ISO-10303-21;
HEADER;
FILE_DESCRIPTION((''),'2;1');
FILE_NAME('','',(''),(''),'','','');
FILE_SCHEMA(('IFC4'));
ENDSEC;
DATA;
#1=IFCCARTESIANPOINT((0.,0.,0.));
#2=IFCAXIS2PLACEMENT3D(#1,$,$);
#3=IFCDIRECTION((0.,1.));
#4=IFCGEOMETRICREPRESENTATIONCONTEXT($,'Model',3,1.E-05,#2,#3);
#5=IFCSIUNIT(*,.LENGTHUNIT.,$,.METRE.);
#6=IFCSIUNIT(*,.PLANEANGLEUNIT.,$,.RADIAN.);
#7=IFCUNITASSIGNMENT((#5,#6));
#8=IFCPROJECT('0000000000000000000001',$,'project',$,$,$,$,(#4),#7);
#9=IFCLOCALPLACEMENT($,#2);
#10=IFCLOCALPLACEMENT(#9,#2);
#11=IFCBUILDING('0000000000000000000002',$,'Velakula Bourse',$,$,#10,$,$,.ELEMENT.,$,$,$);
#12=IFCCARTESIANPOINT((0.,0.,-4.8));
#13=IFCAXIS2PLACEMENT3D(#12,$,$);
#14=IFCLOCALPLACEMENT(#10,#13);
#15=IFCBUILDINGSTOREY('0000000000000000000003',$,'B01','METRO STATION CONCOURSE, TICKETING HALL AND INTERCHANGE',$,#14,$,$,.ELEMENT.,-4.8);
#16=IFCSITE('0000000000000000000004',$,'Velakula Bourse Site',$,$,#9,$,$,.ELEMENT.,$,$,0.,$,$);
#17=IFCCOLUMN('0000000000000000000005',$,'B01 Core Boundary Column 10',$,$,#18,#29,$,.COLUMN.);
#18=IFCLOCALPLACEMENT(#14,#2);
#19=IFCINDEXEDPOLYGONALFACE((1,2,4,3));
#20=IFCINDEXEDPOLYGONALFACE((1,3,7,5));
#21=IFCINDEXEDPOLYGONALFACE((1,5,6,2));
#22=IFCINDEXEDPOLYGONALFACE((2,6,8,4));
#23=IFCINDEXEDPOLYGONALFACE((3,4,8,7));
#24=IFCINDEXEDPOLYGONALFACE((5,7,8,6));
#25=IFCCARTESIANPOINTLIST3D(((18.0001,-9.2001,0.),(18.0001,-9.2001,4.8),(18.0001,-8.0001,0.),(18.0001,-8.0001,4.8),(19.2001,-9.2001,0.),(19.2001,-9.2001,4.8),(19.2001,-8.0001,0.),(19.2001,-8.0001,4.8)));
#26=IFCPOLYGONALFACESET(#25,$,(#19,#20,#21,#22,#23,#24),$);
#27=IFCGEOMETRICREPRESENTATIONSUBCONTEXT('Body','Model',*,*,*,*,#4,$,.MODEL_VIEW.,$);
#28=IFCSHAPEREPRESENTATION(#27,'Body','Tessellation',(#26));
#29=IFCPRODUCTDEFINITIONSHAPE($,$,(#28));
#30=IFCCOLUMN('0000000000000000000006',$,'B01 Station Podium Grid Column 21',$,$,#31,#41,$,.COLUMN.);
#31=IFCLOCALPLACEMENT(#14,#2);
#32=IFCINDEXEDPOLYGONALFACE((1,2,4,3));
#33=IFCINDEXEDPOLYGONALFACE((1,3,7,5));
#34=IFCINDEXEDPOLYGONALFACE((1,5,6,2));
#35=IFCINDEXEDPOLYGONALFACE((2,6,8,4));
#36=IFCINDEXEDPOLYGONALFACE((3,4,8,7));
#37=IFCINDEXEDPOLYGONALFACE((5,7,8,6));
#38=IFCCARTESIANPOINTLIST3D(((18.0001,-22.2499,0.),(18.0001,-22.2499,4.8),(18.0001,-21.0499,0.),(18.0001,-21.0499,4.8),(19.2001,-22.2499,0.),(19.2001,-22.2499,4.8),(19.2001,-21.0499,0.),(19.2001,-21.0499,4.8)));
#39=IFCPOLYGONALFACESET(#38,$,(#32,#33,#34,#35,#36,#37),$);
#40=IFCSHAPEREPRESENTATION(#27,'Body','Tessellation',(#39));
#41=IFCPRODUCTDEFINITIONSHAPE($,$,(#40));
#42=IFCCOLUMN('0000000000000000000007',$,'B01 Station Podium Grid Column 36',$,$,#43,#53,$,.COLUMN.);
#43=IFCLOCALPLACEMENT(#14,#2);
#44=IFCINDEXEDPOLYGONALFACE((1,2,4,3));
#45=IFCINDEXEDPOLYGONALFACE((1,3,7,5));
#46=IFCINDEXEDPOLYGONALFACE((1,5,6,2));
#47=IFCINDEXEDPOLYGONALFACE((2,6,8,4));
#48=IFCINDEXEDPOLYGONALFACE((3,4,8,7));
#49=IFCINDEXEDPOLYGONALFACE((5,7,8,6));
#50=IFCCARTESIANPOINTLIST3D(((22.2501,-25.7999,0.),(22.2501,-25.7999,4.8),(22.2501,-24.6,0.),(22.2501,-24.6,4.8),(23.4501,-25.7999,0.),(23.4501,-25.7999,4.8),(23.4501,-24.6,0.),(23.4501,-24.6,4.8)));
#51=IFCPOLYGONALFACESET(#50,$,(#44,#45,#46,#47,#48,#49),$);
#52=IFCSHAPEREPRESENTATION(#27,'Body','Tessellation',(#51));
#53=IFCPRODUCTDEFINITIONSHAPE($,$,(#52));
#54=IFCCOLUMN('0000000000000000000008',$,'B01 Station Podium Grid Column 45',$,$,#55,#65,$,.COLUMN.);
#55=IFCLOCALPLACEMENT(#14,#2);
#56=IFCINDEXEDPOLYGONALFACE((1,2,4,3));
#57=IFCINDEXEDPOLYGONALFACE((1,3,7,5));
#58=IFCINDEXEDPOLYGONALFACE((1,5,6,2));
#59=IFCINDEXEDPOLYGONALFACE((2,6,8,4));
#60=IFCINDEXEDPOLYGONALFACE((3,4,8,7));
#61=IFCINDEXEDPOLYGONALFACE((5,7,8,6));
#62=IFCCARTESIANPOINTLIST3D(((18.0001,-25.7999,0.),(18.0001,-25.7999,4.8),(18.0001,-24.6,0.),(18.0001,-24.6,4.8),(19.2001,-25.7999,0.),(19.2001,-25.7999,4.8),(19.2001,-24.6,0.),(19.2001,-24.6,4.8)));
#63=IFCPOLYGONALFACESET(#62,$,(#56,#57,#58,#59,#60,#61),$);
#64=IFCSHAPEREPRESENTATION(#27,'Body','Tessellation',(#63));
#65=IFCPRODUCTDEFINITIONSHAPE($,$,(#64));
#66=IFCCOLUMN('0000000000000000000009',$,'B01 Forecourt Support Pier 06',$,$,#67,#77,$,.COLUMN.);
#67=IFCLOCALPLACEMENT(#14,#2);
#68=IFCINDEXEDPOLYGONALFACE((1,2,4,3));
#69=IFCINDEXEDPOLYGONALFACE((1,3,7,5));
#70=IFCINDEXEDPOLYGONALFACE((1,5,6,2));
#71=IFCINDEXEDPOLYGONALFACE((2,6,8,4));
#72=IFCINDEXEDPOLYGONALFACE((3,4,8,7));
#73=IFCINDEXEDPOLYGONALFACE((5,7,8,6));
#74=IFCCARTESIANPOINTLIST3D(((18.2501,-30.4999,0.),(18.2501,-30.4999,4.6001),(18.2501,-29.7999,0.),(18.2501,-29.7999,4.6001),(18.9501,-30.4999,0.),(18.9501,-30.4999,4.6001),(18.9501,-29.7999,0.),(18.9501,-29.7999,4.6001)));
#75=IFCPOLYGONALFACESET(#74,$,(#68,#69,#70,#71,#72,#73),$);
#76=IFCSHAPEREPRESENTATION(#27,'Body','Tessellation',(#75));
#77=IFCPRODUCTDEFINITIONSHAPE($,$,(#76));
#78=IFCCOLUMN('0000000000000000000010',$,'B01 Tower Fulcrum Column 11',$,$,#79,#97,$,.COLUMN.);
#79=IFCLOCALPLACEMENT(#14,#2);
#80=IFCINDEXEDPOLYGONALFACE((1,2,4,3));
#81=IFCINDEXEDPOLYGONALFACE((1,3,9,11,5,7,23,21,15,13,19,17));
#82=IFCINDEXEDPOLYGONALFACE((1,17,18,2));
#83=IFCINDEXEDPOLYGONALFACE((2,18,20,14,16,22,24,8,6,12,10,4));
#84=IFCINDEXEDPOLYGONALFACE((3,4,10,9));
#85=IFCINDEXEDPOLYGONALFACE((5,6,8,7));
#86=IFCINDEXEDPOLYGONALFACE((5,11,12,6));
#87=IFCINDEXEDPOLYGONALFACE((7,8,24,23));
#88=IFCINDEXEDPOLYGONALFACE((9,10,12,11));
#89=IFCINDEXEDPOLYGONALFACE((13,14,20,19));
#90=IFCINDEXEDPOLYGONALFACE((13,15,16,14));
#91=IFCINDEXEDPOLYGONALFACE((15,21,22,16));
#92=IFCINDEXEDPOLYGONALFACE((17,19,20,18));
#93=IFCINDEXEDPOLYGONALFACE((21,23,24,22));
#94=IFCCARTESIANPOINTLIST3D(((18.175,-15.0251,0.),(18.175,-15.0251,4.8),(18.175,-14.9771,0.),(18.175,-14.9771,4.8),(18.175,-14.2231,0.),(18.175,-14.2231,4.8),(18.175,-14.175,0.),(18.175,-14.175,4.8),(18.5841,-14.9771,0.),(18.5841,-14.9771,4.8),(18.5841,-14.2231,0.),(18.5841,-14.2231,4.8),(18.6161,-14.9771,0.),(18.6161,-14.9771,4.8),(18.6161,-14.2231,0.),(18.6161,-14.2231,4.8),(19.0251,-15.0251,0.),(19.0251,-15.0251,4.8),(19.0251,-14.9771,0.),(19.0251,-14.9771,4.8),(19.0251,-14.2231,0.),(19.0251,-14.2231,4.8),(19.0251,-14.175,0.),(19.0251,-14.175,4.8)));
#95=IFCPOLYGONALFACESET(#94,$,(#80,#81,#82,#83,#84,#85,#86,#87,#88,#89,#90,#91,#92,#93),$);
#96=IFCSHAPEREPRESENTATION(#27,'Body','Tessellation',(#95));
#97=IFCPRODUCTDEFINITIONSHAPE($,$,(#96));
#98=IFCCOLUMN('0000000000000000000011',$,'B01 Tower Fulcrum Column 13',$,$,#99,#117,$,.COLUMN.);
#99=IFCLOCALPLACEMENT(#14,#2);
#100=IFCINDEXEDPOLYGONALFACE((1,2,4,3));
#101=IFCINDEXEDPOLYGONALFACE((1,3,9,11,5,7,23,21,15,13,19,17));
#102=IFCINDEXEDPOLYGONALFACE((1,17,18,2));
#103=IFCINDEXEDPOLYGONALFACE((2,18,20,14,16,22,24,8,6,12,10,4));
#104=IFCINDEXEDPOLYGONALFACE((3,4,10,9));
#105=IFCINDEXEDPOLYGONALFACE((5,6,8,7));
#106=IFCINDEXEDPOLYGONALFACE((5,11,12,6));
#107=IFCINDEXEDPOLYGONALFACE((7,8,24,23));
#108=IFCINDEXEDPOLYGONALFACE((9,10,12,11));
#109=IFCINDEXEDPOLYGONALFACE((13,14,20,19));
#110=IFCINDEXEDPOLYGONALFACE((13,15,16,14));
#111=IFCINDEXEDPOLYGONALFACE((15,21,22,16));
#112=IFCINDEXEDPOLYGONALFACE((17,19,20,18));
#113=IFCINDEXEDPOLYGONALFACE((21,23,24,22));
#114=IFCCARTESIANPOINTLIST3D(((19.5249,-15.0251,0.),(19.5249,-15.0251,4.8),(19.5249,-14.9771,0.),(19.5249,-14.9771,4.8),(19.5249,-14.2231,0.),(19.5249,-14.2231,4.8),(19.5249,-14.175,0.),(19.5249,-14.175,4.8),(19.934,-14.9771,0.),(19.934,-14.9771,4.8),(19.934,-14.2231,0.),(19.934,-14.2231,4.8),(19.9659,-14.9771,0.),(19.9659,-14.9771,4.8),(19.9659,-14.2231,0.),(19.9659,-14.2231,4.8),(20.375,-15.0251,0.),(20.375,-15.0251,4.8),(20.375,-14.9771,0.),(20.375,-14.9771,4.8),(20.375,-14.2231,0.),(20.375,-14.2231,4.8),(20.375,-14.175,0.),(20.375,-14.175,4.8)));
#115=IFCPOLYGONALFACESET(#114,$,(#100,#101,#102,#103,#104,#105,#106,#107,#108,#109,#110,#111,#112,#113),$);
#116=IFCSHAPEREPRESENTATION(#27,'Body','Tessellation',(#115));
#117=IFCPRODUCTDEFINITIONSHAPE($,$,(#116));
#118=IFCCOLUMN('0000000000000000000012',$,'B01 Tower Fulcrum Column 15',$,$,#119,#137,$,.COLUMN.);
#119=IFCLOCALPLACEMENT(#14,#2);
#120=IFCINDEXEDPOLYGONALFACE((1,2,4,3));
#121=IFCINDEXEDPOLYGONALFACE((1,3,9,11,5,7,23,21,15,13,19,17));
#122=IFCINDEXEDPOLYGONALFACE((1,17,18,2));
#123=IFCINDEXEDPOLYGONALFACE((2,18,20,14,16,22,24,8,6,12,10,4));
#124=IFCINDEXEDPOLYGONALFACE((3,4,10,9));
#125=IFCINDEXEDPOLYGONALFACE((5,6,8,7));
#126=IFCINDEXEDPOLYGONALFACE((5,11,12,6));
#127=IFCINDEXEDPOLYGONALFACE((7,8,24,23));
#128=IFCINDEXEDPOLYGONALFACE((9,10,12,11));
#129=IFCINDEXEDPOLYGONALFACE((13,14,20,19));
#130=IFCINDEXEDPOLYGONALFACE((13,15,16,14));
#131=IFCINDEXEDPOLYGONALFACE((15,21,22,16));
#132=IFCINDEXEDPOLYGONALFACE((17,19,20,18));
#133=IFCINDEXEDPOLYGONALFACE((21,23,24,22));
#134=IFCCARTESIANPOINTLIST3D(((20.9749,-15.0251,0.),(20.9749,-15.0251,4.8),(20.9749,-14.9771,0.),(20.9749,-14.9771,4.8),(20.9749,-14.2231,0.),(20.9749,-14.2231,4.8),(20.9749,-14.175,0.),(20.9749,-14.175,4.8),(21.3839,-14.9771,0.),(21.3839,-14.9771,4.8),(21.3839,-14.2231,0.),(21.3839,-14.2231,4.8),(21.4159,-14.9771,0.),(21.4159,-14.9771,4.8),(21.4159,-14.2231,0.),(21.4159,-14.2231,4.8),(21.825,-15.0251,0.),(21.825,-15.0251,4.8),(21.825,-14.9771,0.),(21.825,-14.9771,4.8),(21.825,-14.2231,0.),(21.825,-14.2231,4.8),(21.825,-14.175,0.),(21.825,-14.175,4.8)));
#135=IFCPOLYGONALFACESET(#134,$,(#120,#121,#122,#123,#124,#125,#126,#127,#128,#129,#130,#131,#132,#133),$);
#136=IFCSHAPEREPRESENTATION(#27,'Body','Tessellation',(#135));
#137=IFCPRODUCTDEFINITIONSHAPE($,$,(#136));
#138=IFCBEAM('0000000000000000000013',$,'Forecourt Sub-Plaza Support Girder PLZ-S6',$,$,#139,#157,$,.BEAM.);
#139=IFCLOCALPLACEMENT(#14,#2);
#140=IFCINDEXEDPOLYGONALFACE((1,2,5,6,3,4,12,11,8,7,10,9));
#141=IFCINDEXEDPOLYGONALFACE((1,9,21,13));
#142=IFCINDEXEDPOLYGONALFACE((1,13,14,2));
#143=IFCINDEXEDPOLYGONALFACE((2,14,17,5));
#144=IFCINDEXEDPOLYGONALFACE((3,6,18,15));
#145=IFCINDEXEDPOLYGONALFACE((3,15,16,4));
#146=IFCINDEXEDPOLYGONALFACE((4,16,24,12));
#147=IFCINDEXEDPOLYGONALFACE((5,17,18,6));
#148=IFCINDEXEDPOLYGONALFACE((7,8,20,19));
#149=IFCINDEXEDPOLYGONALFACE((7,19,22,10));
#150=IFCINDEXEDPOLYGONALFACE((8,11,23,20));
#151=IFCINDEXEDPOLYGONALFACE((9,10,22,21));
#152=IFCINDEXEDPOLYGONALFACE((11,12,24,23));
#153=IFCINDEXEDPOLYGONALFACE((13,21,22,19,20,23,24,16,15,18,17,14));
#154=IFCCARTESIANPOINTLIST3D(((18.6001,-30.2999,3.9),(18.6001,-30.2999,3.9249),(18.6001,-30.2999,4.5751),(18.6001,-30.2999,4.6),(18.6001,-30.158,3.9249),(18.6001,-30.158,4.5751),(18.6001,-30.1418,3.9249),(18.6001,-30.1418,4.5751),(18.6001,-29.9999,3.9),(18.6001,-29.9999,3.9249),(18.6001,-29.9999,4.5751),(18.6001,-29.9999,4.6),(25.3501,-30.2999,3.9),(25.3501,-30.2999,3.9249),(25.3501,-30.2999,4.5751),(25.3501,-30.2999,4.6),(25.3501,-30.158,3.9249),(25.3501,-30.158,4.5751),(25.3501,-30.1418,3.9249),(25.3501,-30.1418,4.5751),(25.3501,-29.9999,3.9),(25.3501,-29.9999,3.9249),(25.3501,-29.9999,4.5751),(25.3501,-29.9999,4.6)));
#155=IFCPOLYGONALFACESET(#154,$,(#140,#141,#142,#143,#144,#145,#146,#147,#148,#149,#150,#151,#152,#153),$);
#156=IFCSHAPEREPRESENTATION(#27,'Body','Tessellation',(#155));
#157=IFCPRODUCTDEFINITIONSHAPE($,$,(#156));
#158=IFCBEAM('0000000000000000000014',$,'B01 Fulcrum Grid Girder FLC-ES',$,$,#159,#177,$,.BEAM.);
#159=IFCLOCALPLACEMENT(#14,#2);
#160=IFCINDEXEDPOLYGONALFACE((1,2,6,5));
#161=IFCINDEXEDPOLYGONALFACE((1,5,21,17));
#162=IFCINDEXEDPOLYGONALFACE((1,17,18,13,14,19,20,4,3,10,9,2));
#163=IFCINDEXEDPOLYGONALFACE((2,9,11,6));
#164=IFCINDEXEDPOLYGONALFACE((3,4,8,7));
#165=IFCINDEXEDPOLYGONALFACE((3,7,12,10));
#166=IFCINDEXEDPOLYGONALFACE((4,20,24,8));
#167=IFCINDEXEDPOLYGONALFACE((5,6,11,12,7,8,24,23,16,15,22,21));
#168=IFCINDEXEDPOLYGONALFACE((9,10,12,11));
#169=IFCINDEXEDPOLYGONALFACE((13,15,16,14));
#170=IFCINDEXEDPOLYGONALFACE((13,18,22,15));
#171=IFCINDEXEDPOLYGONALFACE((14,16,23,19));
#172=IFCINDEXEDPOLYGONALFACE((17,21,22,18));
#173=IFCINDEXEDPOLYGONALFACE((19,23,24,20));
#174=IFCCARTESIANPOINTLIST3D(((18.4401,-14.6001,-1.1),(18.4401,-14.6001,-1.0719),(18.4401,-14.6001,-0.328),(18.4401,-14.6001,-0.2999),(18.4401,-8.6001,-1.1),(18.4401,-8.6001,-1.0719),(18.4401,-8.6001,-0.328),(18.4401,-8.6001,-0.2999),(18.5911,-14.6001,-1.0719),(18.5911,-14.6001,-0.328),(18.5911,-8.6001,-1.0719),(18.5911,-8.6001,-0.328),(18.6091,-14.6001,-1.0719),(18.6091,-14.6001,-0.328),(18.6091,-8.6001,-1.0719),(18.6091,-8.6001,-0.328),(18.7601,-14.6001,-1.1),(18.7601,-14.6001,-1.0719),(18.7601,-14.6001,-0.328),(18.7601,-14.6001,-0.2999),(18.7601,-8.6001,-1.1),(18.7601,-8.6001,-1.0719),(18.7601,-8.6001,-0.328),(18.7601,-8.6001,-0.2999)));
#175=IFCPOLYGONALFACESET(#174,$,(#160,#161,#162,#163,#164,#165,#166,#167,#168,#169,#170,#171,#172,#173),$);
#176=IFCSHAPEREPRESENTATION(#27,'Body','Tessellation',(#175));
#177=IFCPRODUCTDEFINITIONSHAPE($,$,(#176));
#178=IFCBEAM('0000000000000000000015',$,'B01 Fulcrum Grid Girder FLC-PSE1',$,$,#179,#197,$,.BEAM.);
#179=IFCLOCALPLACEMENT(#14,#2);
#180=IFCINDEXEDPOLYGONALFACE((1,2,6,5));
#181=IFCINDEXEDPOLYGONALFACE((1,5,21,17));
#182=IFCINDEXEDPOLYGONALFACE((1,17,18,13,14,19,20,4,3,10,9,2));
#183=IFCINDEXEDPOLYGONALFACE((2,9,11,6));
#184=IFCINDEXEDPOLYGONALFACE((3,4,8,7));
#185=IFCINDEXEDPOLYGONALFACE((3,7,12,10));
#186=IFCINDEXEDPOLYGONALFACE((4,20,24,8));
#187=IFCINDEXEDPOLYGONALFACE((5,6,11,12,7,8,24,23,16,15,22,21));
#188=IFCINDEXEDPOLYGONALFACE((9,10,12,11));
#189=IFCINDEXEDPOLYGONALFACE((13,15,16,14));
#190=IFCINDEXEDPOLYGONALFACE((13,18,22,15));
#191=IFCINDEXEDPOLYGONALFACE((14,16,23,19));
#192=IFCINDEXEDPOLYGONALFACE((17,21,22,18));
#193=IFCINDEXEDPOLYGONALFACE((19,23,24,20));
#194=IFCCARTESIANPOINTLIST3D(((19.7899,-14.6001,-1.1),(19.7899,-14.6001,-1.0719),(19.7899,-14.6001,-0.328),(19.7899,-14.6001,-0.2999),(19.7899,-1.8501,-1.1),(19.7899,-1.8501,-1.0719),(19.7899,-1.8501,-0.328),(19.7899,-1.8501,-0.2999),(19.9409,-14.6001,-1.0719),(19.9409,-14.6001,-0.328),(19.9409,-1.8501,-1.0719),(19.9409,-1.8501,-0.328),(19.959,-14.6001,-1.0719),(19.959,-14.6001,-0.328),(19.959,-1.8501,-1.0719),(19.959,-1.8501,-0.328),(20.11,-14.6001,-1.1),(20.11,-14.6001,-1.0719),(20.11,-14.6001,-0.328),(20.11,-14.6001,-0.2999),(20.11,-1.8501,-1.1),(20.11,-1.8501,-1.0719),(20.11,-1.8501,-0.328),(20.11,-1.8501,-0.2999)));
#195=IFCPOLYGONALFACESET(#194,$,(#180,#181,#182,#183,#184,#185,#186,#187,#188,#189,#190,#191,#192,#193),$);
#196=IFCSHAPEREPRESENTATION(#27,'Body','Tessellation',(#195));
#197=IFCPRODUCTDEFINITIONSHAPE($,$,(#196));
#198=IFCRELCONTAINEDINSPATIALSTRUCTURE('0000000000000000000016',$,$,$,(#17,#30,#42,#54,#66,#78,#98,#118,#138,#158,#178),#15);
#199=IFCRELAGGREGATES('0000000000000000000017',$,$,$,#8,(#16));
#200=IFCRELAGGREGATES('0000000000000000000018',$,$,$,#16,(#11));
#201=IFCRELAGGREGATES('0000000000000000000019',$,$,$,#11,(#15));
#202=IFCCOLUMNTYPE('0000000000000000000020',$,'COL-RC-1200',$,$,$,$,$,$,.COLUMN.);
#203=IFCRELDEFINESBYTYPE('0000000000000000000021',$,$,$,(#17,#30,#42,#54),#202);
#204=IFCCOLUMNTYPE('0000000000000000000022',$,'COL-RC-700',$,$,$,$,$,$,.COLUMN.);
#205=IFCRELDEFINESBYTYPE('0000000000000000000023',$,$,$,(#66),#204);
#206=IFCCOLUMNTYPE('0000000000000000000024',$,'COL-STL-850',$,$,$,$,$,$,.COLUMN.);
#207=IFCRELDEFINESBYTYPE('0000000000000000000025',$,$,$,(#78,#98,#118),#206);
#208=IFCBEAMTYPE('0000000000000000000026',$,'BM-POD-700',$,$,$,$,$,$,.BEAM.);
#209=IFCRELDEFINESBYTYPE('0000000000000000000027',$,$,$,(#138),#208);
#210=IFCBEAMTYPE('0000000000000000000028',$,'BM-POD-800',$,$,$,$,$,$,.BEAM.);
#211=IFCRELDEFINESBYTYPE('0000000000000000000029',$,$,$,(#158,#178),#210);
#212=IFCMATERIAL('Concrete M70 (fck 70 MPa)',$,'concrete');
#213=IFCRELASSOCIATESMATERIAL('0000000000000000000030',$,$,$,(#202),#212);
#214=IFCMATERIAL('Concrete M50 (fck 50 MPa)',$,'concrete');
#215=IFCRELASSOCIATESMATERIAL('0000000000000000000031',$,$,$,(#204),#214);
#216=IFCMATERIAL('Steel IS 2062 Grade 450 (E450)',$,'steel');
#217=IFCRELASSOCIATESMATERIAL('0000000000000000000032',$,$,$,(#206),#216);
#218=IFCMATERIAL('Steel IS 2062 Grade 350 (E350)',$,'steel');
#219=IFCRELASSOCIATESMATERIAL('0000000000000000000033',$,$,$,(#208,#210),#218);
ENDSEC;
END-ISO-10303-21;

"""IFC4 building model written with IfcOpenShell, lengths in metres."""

from ifc_helpers import new_model, si_unit, direction, frame, origin, origin_2d, place, context, subcontext, project, spatial, rectangle, i_section, extrude, material, material_profile, profile_set, type_object, element, save


model = new_model("IFC4")

# Units and contexts
model_context = context("Model", 3, precision=1e-05, world=origin(), true_north=direction((0.0, 1.0)))
body_context = subcontext(model_context, "Body", "Model", "MODEL_VIEW")
ifc_project = project(units=[si_unit("LENGTHUNIT", "METRE"), si_unit("PLANEANGLEUNIT", "RADIAN")], contexts=[model_context])

# Site, building, storey
site_placement = place(None, origin())
site = spatial("IfcSite", under=ifc_project, at=site_placement, Name="Velakula Bourse Site", CompositionType="ELEMENT", RefElevation=0.0)
building_placement = place(site_placement, origin())
building = spatial("IfcBuilding", under=site, at=building_placement, Name="Velakula Bourse", CompositionType="ELEMENT")
storey_placement = place(building_placement, frame((0.0, 0.0, -4.8)))
storey = spatial("IfcBuildingStorey", under=building, at=storey_placement, Name="B01", Description="METRO STATION CONCOURSE, TICKETING HALL AND INTERCHANGE", CompositionType="ELEMENT", Elevation=-4.8)

# Columns
ifc_material_1 = material(Name="Concrete M70 (fck 70 MPa)", Category="concrete")
ifc_material_profile_1 = material_profile(ifc_material_1, rectangle(XDim=1.2, YDim=1.2, at=origin_2d()), Name="Concrete M70 (fck 70 MPa)")
ifc_profile_set_1 = profile_set([ifc_material_profile_1], Name="Concrete M70 (fck 70 MPa)")
column_type_1 = type_object("IfcColumnType", Name="COL-RC-1200", PredefinedType="COLUMN", material=ifc_profile_set_1)
for number, where, z_axis, x_axis, name in (
    (1, (18.6001, -8.6001, 0.0), (0.0, 0.0, 1.0), (1.0, 0.0, 0.0), "B01 Core Boundary Column 10"),
    (2, (18.6001, -21.6499, 0.0), (0.0, 0.0, 1.0), (1.0, 0.0, 0.0), "B01 Station Podium Grid Column 21"),
    (3, (22.8501, -25.2, 0.0), (0.0, 0.0, 1.0), (1.0, 0.0, 0.0), "B01 Station Podium Grid Column 36"),
    (4, (18.6001, -25.2, 0.0), (0.0, 0.0, 1.0), (1.0, 0.0, 0.0), "B01 Station Podium Grid Column 45"),
):
    element("IfcColumn", number, at=place(storey_placement, frame(where, z_axis=z_axis, x_axis=x_axis)), inside=storey, type_object=column_type_1, Name=name, PredefinedType="COLUMN", context=body_context, shape_type="SweptSolid", body=[
        extrude(rectangle(XDim=1.2, YDim=1.2, at=origin_2d()), origin(), (0.0, 0.0, 1.0), 4.8),
    ])
ifc_material_2 = material(Name="Concrete M50 (fck 50 MPa)", Category="concrete")
ifc_material_profile_2 = material_profile(ifc_material_2, rectangle(XDim=0.7, YDim=0.7, at=origin_2d()), Name="Concrete M50 (fck 50 MPa)")
ifc_profile_set_2 = profile_set([ifc_material_profile_2], Name="Concrete M50 (fck 50 MPa)")
column_type_2 = type_object("IfcColumnType", Name="COL-RC-700", PredefinedType="COLUMN", material=ifc_profile_set_2)
column_placement = place(storey_placement, frame((18.6001, -30.1499, 0.0), z_axis=(0.0, 0.0, 1.0), x_axis=(1.0, 0.0, 0.0)))
element("IfcColumn", 5, at=column_placement, inside=storey, type_object=column_type_2, Name="B01 Forecourt Support Pier 06", PredefinedType="COLUMN", context=body_context, shape_type="SweptSolid", body=[
    extrude(rectangle(XDim=0.7, YDim=0.7, at=origin_2d()), origin(), (0.0, 0.0, 1.0), 4.6001),
])
ifc_material_3 = material(Name="Steel IS 2062 Grade 450 (E450)", Category="steel")
ifc_material_profile_3 = material_profile(ifc_material_3, i_section(OverallWidth=0.8501, OverallDepth=0.8501, WebThickness=0.032, FlangeThickness=0.0481, at=origin_2d()), Name="Steel IS 2062 Grade 450 (E450)")
ifc_profile_set_3 = profile_set([ifc_material_profile_3], Name="Steel IS 2062 Grade 450 (E450)")
column_type_3 = type_object("IfcColumnType", Name="COL-STL-850", PredefinedType="COLUMN", material=ifc_profile_set_3)
for number, where, z_axis, x_axis, name in (
    (6, (18.6001, -14.6001, 0.0), (0.0, 0.0, 1.0), (1.0, 0.0, 0.0), "B01 Tower Fulcrum Column 11"),
    (7, (19.95, -14.6001, 0.0), (0.0, 0.0, 1.0), (1.0, 0.0, 0.0), "B01 Tower Fulcrum Column 13"),
    (8, (21.3999, -14.6001, 0.0), (0.0, 0.0, 1.0), (1.0, 0.0, 0.0), "B01 Tower Fulcrum Column 15"),
):
    element("IfcColumn", number, at=place(storey_placement, frame(where, z_axis=z_axis, x_axis=x_axis)), inside=storey, type_object=column_type_3, Name=name, PredefinedType="COLUMN", context=body_context, shape_type="SweptSolid", body=[
        extrude(i_section(OverallWidth=0.8501, OverallDepth=0.8501, WebThickness=0.032, FlangeThickness=0.0481, at=origin_2d()), origin(), (0.0, 0.0, 1.0), 4.8),
    ])

# Beams
ifc_material_4 = material(Name="Steel IS 2062 Grade 350 (E350)", Category="steel")
ifc_material_profile_4 = material_profile(ifc_material_4, i_section(OverallWidth=0.3, OverallDepth=0.7, WebThickness=0.0161, FlangeThickness=0.0249, at=origin_2d()), Name="Steel IS 2062 Grade 350 (E350)")
ifc_profile_set_4 = profile_set([ifc_material_profile_4], Name="Steel IS 2062 Grade 350 (E350)")
beam_type_1 = type_object("IfcBeamType", Name="BM-POD-700", PredefinedType="BEAM", material=ifc_profile_set_4)
beam_1_placement = place(storey_placement, frame((18.6001, -30.1499, 4.25), z_axis=(1.0, 0.0, 0.0), x_axis=(0.0, 1.0, 0.0)))
element("IfcBeam", 9, at=beam_1_placement, inside=storey, type_object=beam_type_1, Name="Forecourt Sub-Plaza Support Girder PLZ-S6", PredefinedType="BEAM", context=body_context, shape_type="SweptSolid", body=[
    extrude(i_section(OverallWidth=0.3, OverallDepth=0.7, WebThickness=0.0161, FlangeThickness=0.0249, at=origin_2d()), origin(), (0.0, 0.0, 1.0), 6.75),
])
ifc_material_profile_5 = material_profile(ifc_material_4, i_section(OverallWidth=0.3201, OverallDepth=0.8, WebThickness=0.0181, FlangeThickness=0.0281, at=origin_2d()), Name="Steel IS 2062 Grade 350 (E350)")
ifc_profile_set_5 = profile_set([ifc_material_profile_5], Name="Steel IS 2062 Grade 350 (E350)")
beam_type_2 = type_object("IfcBeamType", Name="BM-POD-800", PredefinedType="BEAM", material=ifc_profile_set_5)
beam_2_placement = place(storey_placement, frame((18.6001, -14.6001, -0.7), z_axis=(0.0, 1.0, 0.0), x_axis=(-1.0, 0.0, 0.0)))
element("IfcBeam", 10, at=beam_2_placement, inside=storey, type_object=beam_type_2, Name="B01 Fulcrum Grid Girder FLC-ES", PredefinedType="BEAM", context=body_context, shape_type="SweptSolid", body=[
    extrude(i_section(OverallWidth=0.3201, OverallDepth=0.8, WebThickness=0.0181, FlangeThickness=0.0281, at=origin_2d()), origin(), (0.0, 0.0, 1.0), 6.0),
])
for number, where, z_axis, x_axis, name in (
    (11, (19.95, -14.6001, -0.7), (0.0, 1.0, 0.0), (-1.0, 0.0, 0.0), "B01 Fulcrum Grid Girder FLC-PSE1"),
):
    element("IfcBeam", number, at=place(storey_placement, frame(where, z_axis=z_axis, x_axis=x_axis)), inside=storey, type_object=beam_type_2, Name=name, PredefinedType="BEAM", context=body_context, shape_type="SweptSolid", body=[
        extrude(i_section(OverallWidth=0.3201, OverallDepth=0.8, WebThickness=0.0181, FlangeThickness=0.0281, at=origin_2d()), origin(), (0.0, 0.0, 1.0), 12.75),
    ])

save(model, "model.ifc")
